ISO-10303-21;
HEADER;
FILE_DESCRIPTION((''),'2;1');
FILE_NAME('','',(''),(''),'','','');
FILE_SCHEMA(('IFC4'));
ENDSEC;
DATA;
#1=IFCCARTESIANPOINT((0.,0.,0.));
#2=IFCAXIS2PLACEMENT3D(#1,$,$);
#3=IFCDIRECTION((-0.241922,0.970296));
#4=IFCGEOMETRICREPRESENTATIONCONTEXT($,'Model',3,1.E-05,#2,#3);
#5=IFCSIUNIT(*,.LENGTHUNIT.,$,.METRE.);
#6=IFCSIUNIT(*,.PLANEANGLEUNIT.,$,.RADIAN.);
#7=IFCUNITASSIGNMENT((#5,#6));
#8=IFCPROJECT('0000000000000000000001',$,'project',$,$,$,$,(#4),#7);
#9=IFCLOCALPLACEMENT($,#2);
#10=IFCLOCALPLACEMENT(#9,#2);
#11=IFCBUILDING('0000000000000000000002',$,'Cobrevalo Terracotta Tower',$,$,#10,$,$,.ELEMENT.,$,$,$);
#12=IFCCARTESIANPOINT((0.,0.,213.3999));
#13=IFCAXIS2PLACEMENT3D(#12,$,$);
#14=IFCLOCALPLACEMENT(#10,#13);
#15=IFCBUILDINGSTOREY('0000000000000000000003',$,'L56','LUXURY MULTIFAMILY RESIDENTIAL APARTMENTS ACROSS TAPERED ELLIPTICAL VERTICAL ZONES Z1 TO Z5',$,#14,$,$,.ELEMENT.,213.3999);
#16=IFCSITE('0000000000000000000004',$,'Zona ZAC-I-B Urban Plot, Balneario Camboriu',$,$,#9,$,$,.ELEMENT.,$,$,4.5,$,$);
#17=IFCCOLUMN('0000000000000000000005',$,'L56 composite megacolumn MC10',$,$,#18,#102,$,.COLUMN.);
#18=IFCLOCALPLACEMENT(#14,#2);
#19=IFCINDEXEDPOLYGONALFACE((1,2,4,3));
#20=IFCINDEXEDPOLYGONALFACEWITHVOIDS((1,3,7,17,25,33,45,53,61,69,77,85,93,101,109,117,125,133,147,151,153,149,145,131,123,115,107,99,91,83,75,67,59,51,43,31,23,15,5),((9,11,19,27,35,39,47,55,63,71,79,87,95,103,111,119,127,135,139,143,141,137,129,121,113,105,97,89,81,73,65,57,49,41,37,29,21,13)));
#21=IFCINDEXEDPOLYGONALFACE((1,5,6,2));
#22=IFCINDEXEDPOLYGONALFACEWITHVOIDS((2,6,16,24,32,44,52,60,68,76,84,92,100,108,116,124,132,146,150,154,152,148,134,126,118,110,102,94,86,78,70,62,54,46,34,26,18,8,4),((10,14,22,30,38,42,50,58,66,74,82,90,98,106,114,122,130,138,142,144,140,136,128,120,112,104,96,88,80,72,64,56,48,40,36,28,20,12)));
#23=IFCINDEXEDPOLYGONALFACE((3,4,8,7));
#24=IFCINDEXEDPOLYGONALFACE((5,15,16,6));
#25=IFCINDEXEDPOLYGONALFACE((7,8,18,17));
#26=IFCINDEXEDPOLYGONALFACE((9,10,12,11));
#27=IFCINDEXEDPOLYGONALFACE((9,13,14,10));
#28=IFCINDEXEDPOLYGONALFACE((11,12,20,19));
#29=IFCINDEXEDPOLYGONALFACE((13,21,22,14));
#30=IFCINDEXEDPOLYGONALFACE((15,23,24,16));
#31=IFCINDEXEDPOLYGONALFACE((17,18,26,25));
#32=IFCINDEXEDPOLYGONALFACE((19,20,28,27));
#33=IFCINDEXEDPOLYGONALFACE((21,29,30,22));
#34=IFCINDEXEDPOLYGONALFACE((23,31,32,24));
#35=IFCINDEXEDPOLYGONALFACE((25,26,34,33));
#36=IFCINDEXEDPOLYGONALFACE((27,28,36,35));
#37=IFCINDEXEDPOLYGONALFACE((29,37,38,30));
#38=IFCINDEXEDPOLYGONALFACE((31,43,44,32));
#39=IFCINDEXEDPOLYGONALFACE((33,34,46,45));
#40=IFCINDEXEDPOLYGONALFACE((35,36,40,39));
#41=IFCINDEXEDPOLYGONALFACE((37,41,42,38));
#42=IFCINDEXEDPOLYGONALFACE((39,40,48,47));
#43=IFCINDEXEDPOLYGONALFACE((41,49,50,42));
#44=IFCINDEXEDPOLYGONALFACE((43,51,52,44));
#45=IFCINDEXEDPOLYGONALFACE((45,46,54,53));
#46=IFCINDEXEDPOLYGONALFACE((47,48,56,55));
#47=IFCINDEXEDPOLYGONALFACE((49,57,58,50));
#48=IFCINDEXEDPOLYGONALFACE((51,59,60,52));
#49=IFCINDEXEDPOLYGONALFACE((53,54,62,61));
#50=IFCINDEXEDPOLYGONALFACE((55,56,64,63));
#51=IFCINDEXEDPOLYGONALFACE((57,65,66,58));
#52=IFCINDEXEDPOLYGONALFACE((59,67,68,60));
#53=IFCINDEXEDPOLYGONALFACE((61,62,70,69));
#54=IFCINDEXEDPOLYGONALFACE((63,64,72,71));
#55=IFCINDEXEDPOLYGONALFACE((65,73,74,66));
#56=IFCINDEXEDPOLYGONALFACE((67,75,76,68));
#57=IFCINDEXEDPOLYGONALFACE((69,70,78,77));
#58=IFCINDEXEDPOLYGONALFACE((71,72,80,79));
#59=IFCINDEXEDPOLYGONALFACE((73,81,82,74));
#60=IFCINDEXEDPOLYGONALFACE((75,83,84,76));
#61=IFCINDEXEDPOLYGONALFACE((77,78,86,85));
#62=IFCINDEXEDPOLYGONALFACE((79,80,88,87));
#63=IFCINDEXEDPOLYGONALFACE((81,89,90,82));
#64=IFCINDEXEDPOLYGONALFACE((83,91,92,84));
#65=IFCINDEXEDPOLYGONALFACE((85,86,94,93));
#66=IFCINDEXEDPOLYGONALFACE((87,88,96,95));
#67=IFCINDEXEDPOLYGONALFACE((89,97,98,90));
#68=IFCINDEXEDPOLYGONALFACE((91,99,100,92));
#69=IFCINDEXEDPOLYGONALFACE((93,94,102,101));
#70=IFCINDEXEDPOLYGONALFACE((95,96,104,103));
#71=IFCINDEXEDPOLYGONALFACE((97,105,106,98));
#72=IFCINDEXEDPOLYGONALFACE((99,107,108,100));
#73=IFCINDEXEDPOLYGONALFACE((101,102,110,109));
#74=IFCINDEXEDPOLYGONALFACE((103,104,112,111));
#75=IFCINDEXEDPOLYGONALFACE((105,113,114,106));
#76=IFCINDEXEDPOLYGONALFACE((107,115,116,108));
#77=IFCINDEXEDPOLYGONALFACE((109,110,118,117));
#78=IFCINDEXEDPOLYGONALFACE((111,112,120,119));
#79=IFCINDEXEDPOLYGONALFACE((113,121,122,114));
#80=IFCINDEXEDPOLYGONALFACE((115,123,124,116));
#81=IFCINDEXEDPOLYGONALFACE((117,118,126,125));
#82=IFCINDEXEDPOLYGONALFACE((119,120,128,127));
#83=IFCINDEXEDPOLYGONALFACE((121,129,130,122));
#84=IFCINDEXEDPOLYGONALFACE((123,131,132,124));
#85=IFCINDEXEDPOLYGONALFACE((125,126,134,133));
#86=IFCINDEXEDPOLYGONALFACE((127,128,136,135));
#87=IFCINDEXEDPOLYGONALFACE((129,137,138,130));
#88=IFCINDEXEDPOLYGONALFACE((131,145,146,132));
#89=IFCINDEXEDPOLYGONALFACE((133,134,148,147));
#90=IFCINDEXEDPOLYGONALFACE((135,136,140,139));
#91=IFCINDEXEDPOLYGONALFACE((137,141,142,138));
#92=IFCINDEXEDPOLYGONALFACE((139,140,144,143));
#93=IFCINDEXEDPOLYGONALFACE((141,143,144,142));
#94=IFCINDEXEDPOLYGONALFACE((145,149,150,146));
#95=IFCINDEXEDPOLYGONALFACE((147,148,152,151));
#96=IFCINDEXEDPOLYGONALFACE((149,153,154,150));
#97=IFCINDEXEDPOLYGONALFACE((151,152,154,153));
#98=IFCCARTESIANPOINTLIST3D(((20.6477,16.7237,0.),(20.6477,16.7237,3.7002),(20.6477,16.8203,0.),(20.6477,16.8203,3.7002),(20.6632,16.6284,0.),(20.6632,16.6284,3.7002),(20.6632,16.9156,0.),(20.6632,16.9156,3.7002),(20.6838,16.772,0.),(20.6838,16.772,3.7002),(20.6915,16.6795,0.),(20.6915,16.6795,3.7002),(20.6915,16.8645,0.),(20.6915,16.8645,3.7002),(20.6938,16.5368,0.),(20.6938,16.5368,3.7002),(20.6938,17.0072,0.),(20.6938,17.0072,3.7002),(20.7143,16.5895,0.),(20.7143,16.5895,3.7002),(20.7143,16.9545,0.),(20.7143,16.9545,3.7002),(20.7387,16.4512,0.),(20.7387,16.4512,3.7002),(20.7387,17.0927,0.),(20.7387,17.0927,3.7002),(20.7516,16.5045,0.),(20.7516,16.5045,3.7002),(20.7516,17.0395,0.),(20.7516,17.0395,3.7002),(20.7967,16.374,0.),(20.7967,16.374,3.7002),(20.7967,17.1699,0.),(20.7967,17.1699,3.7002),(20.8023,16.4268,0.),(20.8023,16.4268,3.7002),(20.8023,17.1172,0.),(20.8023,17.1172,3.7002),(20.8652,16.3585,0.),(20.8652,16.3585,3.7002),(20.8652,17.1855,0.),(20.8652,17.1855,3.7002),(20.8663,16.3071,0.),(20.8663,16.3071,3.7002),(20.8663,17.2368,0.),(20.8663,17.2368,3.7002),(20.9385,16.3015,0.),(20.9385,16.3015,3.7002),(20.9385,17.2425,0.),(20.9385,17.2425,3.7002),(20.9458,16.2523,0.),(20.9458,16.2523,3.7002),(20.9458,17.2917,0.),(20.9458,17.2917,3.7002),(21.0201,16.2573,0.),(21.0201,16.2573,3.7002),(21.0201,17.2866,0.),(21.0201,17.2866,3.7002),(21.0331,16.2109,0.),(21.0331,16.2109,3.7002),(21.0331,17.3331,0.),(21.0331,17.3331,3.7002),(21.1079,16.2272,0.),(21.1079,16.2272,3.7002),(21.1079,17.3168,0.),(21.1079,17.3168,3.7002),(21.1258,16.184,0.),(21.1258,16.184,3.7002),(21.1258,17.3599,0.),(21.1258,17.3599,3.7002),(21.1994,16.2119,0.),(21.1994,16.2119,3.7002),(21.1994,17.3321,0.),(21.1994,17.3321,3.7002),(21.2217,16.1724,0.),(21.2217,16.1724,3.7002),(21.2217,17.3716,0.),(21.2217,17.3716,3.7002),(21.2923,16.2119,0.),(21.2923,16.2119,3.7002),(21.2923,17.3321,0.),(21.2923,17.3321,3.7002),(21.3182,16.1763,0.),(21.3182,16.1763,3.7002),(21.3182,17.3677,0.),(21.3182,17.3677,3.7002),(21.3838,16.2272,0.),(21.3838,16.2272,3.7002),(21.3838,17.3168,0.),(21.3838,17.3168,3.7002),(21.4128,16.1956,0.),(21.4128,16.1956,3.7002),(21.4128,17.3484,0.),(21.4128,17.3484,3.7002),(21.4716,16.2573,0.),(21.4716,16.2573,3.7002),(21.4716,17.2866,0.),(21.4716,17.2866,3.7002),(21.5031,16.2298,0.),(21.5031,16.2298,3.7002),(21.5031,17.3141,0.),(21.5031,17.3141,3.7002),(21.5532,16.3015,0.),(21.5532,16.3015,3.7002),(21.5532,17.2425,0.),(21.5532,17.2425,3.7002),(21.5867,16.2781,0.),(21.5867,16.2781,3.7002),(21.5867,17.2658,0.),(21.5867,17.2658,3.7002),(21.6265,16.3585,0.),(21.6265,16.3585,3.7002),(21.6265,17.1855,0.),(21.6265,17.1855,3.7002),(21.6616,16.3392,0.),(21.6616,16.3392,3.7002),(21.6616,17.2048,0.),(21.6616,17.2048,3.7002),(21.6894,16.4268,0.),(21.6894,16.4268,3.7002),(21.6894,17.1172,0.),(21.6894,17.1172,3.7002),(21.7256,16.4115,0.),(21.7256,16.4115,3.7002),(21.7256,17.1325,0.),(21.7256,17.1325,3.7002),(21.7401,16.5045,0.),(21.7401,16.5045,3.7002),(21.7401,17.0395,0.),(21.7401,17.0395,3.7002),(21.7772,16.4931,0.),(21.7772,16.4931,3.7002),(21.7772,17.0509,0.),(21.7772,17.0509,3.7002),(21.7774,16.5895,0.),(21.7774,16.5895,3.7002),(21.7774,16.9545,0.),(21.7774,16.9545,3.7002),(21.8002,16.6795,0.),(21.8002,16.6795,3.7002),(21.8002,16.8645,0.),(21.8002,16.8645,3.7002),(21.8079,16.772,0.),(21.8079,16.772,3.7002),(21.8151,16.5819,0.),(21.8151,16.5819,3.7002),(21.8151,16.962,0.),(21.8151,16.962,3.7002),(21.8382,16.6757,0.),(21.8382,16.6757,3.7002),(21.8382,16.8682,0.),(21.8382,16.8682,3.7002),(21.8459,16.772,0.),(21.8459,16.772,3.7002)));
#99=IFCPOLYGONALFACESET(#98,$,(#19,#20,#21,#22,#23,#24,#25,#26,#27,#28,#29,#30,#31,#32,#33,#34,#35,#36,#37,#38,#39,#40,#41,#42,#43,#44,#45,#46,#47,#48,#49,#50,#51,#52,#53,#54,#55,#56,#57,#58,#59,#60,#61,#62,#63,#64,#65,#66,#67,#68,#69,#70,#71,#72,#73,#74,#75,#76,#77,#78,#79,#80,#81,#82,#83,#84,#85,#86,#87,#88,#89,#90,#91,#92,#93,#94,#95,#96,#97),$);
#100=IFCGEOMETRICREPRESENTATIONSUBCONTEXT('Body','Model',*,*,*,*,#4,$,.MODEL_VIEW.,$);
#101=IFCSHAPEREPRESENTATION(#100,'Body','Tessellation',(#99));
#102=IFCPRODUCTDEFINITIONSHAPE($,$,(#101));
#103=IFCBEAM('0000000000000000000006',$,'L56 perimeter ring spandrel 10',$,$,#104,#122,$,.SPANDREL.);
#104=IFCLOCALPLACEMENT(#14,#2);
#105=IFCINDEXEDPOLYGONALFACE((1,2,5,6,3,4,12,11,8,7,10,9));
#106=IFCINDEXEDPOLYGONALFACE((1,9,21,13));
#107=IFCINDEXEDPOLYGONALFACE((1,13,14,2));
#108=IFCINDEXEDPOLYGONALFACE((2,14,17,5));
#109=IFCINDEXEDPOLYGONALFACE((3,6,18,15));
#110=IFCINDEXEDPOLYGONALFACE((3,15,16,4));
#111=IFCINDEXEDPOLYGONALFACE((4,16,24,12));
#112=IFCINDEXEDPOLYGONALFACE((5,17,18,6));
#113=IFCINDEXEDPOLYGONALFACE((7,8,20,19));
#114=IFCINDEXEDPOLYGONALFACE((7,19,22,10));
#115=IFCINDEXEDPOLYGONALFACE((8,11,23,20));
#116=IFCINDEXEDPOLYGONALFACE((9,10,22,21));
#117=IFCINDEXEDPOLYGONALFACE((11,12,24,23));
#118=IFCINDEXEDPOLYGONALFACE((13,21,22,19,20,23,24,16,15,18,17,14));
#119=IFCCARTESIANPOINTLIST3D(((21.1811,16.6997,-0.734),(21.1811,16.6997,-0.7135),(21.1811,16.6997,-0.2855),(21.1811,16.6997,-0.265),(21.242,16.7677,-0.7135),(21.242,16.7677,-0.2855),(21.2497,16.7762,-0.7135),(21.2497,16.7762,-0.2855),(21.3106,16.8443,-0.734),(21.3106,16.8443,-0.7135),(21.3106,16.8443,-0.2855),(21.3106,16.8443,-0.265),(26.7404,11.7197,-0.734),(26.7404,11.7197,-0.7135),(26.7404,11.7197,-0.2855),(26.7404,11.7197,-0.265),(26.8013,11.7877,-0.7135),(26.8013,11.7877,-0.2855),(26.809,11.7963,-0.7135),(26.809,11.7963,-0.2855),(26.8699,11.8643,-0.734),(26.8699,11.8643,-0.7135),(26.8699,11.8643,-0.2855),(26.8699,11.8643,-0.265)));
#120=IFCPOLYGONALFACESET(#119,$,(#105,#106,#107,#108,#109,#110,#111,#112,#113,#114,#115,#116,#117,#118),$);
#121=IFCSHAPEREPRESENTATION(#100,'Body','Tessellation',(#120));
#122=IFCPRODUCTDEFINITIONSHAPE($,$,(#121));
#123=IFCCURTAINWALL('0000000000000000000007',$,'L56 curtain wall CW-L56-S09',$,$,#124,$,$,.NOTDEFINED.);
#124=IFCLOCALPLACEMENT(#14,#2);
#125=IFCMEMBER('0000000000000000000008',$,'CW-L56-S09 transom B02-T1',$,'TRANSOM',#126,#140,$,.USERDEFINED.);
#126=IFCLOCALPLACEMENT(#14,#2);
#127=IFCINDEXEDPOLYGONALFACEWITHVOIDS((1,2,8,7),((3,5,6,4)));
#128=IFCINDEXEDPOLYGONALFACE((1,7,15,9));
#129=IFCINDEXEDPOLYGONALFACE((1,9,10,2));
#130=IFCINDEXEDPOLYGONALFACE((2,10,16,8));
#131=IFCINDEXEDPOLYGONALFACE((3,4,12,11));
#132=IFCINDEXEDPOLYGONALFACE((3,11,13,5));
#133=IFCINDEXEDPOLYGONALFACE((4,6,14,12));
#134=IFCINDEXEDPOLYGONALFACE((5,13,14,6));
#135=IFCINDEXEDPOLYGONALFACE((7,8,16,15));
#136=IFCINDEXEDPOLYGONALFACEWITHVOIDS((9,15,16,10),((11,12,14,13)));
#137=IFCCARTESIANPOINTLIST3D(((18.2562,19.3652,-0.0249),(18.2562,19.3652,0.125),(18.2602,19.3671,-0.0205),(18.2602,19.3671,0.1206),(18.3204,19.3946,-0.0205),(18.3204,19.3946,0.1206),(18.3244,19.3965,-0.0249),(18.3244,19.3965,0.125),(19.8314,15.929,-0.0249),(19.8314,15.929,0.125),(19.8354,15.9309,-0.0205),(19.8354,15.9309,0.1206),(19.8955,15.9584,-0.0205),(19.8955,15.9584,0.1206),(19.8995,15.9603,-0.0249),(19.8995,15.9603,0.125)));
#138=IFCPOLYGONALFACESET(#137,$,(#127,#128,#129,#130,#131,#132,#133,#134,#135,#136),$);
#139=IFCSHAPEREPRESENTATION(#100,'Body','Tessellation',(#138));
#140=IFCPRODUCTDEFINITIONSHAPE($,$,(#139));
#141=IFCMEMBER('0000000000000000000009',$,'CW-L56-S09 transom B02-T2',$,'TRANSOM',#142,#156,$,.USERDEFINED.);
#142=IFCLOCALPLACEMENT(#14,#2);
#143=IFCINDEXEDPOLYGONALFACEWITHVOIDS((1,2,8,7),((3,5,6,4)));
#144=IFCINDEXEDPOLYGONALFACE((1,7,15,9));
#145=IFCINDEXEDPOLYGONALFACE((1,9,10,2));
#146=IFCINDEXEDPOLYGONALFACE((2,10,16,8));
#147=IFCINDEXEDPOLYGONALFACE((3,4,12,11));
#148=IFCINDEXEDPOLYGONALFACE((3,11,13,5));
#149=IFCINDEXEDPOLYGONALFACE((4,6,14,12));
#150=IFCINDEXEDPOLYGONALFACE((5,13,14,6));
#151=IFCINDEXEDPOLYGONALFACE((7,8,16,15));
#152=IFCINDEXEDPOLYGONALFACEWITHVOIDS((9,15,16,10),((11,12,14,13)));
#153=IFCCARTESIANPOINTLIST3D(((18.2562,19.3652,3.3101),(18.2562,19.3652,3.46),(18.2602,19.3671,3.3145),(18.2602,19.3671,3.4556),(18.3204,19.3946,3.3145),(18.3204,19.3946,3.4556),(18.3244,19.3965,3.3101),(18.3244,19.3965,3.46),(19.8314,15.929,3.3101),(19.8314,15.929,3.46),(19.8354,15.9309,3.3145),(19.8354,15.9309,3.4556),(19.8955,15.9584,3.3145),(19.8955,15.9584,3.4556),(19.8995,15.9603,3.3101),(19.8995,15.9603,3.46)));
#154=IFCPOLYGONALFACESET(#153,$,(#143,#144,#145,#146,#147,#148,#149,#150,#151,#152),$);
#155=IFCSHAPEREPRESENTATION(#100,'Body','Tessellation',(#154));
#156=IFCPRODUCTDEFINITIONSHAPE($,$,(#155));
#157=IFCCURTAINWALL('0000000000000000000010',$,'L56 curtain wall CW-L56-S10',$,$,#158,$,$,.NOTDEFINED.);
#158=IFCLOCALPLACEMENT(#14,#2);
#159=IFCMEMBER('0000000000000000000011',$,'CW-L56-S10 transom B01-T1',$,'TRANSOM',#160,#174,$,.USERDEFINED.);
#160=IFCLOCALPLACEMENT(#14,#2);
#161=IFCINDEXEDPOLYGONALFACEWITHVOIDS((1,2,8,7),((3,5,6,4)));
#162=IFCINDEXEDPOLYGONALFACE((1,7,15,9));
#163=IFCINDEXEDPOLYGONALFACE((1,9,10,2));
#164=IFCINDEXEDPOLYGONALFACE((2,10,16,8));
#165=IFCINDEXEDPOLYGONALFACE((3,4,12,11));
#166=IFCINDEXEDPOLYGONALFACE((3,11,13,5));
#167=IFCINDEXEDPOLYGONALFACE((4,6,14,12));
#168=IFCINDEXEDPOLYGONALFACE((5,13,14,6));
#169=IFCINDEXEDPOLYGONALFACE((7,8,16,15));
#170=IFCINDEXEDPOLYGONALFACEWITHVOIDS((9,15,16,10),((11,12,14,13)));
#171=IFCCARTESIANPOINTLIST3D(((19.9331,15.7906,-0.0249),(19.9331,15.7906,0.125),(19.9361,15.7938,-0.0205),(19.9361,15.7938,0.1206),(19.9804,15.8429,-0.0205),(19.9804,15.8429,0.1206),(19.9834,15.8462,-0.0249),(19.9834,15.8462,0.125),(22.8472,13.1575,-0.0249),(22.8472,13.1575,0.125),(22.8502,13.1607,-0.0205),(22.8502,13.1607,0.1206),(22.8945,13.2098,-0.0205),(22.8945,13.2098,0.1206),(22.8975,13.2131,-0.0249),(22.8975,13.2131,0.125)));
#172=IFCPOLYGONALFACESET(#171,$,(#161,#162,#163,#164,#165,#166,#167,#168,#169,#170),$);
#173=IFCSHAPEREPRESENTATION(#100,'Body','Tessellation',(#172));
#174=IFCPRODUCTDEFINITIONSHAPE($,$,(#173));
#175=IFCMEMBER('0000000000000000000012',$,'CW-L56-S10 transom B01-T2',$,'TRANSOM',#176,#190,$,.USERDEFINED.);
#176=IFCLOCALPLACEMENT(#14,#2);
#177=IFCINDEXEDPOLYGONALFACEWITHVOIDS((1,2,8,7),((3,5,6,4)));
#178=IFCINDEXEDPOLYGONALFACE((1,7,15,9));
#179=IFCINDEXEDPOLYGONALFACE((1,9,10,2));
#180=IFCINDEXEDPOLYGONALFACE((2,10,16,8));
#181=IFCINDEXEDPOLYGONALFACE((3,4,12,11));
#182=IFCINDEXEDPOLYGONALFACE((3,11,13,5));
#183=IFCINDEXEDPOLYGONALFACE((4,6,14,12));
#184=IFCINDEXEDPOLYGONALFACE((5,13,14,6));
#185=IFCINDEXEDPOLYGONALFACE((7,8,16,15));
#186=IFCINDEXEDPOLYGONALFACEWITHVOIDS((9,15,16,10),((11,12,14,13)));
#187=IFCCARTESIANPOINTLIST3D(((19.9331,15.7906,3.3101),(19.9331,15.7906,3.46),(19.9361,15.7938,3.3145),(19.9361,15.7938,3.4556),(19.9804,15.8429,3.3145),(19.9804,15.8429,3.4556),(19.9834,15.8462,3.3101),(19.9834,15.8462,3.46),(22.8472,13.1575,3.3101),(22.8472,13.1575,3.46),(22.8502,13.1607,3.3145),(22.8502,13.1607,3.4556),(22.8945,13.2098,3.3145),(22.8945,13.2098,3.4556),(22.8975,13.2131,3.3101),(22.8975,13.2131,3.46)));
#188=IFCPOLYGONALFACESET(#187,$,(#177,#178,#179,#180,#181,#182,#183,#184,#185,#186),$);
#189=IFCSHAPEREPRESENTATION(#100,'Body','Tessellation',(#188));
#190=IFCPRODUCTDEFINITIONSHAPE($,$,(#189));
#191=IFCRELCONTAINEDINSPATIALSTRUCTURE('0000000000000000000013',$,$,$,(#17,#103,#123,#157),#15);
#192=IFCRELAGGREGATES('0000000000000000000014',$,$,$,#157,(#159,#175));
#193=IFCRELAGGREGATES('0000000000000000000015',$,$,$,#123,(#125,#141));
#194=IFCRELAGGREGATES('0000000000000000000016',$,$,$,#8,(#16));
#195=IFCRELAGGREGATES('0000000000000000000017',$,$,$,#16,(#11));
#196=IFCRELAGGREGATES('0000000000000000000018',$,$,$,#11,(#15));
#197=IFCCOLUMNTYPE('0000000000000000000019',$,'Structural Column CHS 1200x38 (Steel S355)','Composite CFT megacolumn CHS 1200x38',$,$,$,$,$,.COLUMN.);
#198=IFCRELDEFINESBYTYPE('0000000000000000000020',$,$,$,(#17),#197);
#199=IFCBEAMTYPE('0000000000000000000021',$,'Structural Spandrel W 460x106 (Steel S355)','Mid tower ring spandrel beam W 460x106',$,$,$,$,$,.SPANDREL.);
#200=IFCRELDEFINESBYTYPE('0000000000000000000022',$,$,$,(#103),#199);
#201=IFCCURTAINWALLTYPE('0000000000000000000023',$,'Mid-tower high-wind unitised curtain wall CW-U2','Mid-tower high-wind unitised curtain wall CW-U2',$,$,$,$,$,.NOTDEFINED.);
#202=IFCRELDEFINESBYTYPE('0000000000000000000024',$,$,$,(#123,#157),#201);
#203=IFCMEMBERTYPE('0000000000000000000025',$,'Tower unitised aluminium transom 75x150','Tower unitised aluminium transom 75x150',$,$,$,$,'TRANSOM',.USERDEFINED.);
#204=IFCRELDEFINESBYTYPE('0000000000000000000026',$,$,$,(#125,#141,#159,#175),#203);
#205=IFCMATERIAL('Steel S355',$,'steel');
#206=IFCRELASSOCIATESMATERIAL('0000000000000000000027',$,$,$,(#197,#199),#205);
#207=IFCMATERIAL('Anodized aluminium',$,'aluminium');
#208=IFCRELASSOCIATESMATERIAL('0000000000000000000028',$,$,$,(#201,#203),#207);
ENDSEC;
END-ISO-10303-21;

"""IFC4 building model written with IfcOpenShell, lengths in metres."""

from ifc_helpers import new_model, si_unit, direction, frame, origin, origin_2d, place, context, subcontext, project, spatial, hollow_rectangle, hollow_circle, i_section, extrude, source, transform, mapped, material, material_profile, profile_set, type_object, element, aggregate, save


model = new_model("IFC4")

# Units and contexts
model_context = context("Model", 3, precision=1e-05, world=origin(), true_north=direction((-0.241922, 0.970296)))
body_context = subcontext(model_context, "Body", "Model", "MODEL_VIEW")
ifc_project = project(units=[si_unit("LENGTHUNIT", "METRE"), si_unit("PLANEANGLEUNIT", "RADIAN")], contexts=[model_context])

# Site, building, storey
site_placement = place(None, origin())
site = spatial("IfcSite", under=ifc_project, at=site_placement, Name="Zona ZAC-I-B Urban Plot, Balneario Camboriu", CompositionType="ELEMENT", RefElevation=4.5)
building_placement = place(site_placement, origin())
building = spatial("IfcBuilding", under=site, at=building_placement, Name="Cobrevalo Terracotta Tower", CompositionType="ELEMENT")
storey_placement = place(building_placement, frame((0.0, 0.0, 213.3999)))
storey = spatial("IfcBuildingStorey", under=building, at=storey_placement, Name="L56", Description="LUXURY MULTIFAMILY RESIDENTIAL APARTMENTS ACROSS TAPERED ELLIPTICAL VERTICAL ZONES Z1 TO Z5", CompositionType="ELEMENT", Elevation=213.3999)

# Column
ifc_material_1 = material(Name="Steel S355", Category="steel")
ifc_material_profile_1 = material_profile(ifc_material_1, hollow_circle(Radius=0.6001, WallThickness=0.0381, at=origin_2d()), Name="CHS 1200x38")
ifc_profile_set_1 = profile_set([ifc_material_profile_1], Name="Steel S355")
column_type = type_object("IfcColumnType", Name="Structural Column CHS 1200x38 (Steel S355)", Description="Composite CFT megacolumn CHS 1200x38", PredefinedType="COLUMN", material=ifc_profile_set_1)
column_placement = place(storey_placement, frame((21.2458, 16.772, 0.0), z_axis=(0.0, 0.0, 1.0), x_axis=(1.0, 0.0, 0.0)))
element("IfcColumn", 1, at=column_placement, inside=storey, type_object=column_type, Name="L56 composite megacolumn MC10", PredefinedType="COLUMN", context=body_context, shape_type="SweptSolid", body=[
    extrude(hollow_circle(Radius=0.6001, WallThickness=0.0381, at=origin_2d()), origin(), (0.0, 0.0, 1.0), 3.7002),
])

# Beam
ifc_material_profile_2 = material_profile(ifc_material_1, i_section(OverallWidth=0.1941, OverallDepth=0.469, WebThickness=0.0115, FlangeThickness=0.0205, at=origin_2d()), Name="W 460x106")
ifc_profile_set_2 = profile_set([ifc_material_profile_2], Name="Steel S355")
beam_type = type_object("IfcBeamType", Name="Structural Spandrel W 460x106 (Steel S355)", Description="Mid tower ring spandrel beam W 460x106", PredefinedType="SPANDREL", material=ifc_profile_set_2)
beam_placement = place(storey_placement, frame((21.2458, 16.772, -0.4995), z_axis=(0.744852, -0.66723, 0.0), x_axis=(0.66723, 0.744852, 0.0)))
element("IfcBeam", 2, at=beam_placement, inside=storey, type_object=beam_type, Name="L56 perimeter ring spandrel 10", PredefinedType="SPANDREL", context=body_context, shape_type="SweptSolid", body=[
    extrude(i_section(OverallWidth=0.1941, OverallDepth=0.469, WebThickness=0.0115, FlangeThickness=0.0205, at=origin_2d()), origin(), (0.0, 0.0, 1.0), 7.4636),
])

# Curtain walls, members
ifc_material_2 = material(Name="Anodized aluminium", Category="aluminium")
curtain_wall_type = type_object("IfcCurtainWallType", Name="Mid-tower high-wind unitised curtain wall CW-U2", Description="Mid-tower high-wind unitised curtain wall CW-U2", PredefinedType="NOTDEFINED", material=ifc_material_2)
curtain_wall_1_placement = place(storey_placement, origin())
curtain_wall_1 = element("IfcCurtainWall", 3, at=curtain_wall_1_placement, inside=storey, type_object=curtain_wall_type, Name="L56 curtain wall CW-L56-S09", PredefinedType="NOTDEFINED")
ifc_material_profile_3 = material_profile(ifc_material_2, hollow_rectangle(XDim=0.075, YDim=0.1499, WallThickness=0.0044, at=origin_2d()), Name="CWT 75x150")
ifc_profile_set_3 = profile_set([ifc_material_profile_3], Name="Anodized aluminium")
member_type_1 = type_object("IfcMemberType", Name="Tower unitised aluminium transom 75x150", Description="Tower unitised aluminium transom 75x150", ElementType="TRANSOM", PredefinedType="USERDEFINED", material=ifc_profile_set_3)
shared_shape_1 = source(origin(), body_context, "Body", "SweptSolid", [
    extrude(hollow_rectangle(XDim=0.075, YDim=0.1499, WallThickness=0.0044, at=origin_2d()), origin(), (0.0, 0.0, 1.0), 3.78),
])
member_1_placement = place(storey_placement, frame((18.2903, 19.3809, 0.05), z_axis=(0.416706, -0.909041, 0.0), x_axis=(0.909041, 0.416706, 0.0)))
member_1 = element("IfcMember", 4, at=member_1_placement, type_object=member_type_1, Name="CW-L56-S09 transom B02-T1", ObjectType="TRANSOM", PredefinedType="USERDEFINED", context=body_context, shape_type="MappedRepresentation", body=[
    mapped(shared_shape_1, transform((0.0, 0.0, 0.0), scale=1.0)),
])
member_2_placement = place(storey_placement, frame((18.2903, 19.3809, 3.385), z_axis=(0.416706, -0.909041, 0.0), x_axis=(0.909041, 0.416706, 0.0)))
member_2 = element("IfcMember", 5, at=member_2_placement, type_object=member_type_1, Name="CW-L56-S09 transom B02-T2", ObjectType="TRANSOM", PredefinedType="USERDEFINED", context=body_context, shape_type="MappedRepresentation", body=[
    mapped(shared_shape_1, transform((0.0, 0.0, 0.0), scale=1.0)),
])
curtain_wall_2_placement = place(storey_placement, origin())
curtain_wall_2 = element("IfcCurtainWall", 6, at=curtain_wall_2_placement, inside=storey, type_object=curtain_wall_type, Name="L56 curtain wall CW-L56-S10", PredefinedType="NOTDEFINED")
shared_shape_2 = source(origin(), body_context, "Body", "SweptSolid", [
    extrude(hollow_rectangle(XDim=0.075, YDim=0.1499, WallThickness=0.0044, at=origin_2d()), origin(), (0.0, 0.0, 1.0), 3.9275),
])
member_3_placement = place(storey_placement, frame((19.9583, 15.8184, 0.05), z_axis=(0.741976, -0.670426, 0.0), x_axis=(0.670426, 0.741976, 0.0)))
member_3 = element("IfcMember", 7, at=member_3_placement, type_object=member_type_1, Name="CW-L56-S10 transom B01-T1", ObjectType="TRANSOM", PredefinedType="USERDEFINED", context=body_context, shape_type="MappedRepresentation", body=[
    mapped(shared_shape_2, transform((0.0, 0.0, 0.0), scale=1.0)),
])
member_4_placement = place(storey_placement, frame((19.9583, 15.8184, 3.385), z_axis=(0.741976, -0.670426, 0.0), x_axis=(0.670426, 0.741976, 0.0)))
member_4 = element("IfcMember", 8, at=member_4_placement, type_object=member_type_1, Name="CW-L56-S10 transom B01-T2", ObjectType="TRANSOM", PredefinedType="USERDEFINED", context=body_context, shape_type="MappedRepresentation", body=[
    mapped(shared_shape_2, transform((0.0, 0.0, 0.0), scale=1.0)),
])

aggregate(curtain_wall_2, [member_3, member_4])

aggregate(curtain_wall_1, [member_1, member_2])

save(model, "model.ifc")
